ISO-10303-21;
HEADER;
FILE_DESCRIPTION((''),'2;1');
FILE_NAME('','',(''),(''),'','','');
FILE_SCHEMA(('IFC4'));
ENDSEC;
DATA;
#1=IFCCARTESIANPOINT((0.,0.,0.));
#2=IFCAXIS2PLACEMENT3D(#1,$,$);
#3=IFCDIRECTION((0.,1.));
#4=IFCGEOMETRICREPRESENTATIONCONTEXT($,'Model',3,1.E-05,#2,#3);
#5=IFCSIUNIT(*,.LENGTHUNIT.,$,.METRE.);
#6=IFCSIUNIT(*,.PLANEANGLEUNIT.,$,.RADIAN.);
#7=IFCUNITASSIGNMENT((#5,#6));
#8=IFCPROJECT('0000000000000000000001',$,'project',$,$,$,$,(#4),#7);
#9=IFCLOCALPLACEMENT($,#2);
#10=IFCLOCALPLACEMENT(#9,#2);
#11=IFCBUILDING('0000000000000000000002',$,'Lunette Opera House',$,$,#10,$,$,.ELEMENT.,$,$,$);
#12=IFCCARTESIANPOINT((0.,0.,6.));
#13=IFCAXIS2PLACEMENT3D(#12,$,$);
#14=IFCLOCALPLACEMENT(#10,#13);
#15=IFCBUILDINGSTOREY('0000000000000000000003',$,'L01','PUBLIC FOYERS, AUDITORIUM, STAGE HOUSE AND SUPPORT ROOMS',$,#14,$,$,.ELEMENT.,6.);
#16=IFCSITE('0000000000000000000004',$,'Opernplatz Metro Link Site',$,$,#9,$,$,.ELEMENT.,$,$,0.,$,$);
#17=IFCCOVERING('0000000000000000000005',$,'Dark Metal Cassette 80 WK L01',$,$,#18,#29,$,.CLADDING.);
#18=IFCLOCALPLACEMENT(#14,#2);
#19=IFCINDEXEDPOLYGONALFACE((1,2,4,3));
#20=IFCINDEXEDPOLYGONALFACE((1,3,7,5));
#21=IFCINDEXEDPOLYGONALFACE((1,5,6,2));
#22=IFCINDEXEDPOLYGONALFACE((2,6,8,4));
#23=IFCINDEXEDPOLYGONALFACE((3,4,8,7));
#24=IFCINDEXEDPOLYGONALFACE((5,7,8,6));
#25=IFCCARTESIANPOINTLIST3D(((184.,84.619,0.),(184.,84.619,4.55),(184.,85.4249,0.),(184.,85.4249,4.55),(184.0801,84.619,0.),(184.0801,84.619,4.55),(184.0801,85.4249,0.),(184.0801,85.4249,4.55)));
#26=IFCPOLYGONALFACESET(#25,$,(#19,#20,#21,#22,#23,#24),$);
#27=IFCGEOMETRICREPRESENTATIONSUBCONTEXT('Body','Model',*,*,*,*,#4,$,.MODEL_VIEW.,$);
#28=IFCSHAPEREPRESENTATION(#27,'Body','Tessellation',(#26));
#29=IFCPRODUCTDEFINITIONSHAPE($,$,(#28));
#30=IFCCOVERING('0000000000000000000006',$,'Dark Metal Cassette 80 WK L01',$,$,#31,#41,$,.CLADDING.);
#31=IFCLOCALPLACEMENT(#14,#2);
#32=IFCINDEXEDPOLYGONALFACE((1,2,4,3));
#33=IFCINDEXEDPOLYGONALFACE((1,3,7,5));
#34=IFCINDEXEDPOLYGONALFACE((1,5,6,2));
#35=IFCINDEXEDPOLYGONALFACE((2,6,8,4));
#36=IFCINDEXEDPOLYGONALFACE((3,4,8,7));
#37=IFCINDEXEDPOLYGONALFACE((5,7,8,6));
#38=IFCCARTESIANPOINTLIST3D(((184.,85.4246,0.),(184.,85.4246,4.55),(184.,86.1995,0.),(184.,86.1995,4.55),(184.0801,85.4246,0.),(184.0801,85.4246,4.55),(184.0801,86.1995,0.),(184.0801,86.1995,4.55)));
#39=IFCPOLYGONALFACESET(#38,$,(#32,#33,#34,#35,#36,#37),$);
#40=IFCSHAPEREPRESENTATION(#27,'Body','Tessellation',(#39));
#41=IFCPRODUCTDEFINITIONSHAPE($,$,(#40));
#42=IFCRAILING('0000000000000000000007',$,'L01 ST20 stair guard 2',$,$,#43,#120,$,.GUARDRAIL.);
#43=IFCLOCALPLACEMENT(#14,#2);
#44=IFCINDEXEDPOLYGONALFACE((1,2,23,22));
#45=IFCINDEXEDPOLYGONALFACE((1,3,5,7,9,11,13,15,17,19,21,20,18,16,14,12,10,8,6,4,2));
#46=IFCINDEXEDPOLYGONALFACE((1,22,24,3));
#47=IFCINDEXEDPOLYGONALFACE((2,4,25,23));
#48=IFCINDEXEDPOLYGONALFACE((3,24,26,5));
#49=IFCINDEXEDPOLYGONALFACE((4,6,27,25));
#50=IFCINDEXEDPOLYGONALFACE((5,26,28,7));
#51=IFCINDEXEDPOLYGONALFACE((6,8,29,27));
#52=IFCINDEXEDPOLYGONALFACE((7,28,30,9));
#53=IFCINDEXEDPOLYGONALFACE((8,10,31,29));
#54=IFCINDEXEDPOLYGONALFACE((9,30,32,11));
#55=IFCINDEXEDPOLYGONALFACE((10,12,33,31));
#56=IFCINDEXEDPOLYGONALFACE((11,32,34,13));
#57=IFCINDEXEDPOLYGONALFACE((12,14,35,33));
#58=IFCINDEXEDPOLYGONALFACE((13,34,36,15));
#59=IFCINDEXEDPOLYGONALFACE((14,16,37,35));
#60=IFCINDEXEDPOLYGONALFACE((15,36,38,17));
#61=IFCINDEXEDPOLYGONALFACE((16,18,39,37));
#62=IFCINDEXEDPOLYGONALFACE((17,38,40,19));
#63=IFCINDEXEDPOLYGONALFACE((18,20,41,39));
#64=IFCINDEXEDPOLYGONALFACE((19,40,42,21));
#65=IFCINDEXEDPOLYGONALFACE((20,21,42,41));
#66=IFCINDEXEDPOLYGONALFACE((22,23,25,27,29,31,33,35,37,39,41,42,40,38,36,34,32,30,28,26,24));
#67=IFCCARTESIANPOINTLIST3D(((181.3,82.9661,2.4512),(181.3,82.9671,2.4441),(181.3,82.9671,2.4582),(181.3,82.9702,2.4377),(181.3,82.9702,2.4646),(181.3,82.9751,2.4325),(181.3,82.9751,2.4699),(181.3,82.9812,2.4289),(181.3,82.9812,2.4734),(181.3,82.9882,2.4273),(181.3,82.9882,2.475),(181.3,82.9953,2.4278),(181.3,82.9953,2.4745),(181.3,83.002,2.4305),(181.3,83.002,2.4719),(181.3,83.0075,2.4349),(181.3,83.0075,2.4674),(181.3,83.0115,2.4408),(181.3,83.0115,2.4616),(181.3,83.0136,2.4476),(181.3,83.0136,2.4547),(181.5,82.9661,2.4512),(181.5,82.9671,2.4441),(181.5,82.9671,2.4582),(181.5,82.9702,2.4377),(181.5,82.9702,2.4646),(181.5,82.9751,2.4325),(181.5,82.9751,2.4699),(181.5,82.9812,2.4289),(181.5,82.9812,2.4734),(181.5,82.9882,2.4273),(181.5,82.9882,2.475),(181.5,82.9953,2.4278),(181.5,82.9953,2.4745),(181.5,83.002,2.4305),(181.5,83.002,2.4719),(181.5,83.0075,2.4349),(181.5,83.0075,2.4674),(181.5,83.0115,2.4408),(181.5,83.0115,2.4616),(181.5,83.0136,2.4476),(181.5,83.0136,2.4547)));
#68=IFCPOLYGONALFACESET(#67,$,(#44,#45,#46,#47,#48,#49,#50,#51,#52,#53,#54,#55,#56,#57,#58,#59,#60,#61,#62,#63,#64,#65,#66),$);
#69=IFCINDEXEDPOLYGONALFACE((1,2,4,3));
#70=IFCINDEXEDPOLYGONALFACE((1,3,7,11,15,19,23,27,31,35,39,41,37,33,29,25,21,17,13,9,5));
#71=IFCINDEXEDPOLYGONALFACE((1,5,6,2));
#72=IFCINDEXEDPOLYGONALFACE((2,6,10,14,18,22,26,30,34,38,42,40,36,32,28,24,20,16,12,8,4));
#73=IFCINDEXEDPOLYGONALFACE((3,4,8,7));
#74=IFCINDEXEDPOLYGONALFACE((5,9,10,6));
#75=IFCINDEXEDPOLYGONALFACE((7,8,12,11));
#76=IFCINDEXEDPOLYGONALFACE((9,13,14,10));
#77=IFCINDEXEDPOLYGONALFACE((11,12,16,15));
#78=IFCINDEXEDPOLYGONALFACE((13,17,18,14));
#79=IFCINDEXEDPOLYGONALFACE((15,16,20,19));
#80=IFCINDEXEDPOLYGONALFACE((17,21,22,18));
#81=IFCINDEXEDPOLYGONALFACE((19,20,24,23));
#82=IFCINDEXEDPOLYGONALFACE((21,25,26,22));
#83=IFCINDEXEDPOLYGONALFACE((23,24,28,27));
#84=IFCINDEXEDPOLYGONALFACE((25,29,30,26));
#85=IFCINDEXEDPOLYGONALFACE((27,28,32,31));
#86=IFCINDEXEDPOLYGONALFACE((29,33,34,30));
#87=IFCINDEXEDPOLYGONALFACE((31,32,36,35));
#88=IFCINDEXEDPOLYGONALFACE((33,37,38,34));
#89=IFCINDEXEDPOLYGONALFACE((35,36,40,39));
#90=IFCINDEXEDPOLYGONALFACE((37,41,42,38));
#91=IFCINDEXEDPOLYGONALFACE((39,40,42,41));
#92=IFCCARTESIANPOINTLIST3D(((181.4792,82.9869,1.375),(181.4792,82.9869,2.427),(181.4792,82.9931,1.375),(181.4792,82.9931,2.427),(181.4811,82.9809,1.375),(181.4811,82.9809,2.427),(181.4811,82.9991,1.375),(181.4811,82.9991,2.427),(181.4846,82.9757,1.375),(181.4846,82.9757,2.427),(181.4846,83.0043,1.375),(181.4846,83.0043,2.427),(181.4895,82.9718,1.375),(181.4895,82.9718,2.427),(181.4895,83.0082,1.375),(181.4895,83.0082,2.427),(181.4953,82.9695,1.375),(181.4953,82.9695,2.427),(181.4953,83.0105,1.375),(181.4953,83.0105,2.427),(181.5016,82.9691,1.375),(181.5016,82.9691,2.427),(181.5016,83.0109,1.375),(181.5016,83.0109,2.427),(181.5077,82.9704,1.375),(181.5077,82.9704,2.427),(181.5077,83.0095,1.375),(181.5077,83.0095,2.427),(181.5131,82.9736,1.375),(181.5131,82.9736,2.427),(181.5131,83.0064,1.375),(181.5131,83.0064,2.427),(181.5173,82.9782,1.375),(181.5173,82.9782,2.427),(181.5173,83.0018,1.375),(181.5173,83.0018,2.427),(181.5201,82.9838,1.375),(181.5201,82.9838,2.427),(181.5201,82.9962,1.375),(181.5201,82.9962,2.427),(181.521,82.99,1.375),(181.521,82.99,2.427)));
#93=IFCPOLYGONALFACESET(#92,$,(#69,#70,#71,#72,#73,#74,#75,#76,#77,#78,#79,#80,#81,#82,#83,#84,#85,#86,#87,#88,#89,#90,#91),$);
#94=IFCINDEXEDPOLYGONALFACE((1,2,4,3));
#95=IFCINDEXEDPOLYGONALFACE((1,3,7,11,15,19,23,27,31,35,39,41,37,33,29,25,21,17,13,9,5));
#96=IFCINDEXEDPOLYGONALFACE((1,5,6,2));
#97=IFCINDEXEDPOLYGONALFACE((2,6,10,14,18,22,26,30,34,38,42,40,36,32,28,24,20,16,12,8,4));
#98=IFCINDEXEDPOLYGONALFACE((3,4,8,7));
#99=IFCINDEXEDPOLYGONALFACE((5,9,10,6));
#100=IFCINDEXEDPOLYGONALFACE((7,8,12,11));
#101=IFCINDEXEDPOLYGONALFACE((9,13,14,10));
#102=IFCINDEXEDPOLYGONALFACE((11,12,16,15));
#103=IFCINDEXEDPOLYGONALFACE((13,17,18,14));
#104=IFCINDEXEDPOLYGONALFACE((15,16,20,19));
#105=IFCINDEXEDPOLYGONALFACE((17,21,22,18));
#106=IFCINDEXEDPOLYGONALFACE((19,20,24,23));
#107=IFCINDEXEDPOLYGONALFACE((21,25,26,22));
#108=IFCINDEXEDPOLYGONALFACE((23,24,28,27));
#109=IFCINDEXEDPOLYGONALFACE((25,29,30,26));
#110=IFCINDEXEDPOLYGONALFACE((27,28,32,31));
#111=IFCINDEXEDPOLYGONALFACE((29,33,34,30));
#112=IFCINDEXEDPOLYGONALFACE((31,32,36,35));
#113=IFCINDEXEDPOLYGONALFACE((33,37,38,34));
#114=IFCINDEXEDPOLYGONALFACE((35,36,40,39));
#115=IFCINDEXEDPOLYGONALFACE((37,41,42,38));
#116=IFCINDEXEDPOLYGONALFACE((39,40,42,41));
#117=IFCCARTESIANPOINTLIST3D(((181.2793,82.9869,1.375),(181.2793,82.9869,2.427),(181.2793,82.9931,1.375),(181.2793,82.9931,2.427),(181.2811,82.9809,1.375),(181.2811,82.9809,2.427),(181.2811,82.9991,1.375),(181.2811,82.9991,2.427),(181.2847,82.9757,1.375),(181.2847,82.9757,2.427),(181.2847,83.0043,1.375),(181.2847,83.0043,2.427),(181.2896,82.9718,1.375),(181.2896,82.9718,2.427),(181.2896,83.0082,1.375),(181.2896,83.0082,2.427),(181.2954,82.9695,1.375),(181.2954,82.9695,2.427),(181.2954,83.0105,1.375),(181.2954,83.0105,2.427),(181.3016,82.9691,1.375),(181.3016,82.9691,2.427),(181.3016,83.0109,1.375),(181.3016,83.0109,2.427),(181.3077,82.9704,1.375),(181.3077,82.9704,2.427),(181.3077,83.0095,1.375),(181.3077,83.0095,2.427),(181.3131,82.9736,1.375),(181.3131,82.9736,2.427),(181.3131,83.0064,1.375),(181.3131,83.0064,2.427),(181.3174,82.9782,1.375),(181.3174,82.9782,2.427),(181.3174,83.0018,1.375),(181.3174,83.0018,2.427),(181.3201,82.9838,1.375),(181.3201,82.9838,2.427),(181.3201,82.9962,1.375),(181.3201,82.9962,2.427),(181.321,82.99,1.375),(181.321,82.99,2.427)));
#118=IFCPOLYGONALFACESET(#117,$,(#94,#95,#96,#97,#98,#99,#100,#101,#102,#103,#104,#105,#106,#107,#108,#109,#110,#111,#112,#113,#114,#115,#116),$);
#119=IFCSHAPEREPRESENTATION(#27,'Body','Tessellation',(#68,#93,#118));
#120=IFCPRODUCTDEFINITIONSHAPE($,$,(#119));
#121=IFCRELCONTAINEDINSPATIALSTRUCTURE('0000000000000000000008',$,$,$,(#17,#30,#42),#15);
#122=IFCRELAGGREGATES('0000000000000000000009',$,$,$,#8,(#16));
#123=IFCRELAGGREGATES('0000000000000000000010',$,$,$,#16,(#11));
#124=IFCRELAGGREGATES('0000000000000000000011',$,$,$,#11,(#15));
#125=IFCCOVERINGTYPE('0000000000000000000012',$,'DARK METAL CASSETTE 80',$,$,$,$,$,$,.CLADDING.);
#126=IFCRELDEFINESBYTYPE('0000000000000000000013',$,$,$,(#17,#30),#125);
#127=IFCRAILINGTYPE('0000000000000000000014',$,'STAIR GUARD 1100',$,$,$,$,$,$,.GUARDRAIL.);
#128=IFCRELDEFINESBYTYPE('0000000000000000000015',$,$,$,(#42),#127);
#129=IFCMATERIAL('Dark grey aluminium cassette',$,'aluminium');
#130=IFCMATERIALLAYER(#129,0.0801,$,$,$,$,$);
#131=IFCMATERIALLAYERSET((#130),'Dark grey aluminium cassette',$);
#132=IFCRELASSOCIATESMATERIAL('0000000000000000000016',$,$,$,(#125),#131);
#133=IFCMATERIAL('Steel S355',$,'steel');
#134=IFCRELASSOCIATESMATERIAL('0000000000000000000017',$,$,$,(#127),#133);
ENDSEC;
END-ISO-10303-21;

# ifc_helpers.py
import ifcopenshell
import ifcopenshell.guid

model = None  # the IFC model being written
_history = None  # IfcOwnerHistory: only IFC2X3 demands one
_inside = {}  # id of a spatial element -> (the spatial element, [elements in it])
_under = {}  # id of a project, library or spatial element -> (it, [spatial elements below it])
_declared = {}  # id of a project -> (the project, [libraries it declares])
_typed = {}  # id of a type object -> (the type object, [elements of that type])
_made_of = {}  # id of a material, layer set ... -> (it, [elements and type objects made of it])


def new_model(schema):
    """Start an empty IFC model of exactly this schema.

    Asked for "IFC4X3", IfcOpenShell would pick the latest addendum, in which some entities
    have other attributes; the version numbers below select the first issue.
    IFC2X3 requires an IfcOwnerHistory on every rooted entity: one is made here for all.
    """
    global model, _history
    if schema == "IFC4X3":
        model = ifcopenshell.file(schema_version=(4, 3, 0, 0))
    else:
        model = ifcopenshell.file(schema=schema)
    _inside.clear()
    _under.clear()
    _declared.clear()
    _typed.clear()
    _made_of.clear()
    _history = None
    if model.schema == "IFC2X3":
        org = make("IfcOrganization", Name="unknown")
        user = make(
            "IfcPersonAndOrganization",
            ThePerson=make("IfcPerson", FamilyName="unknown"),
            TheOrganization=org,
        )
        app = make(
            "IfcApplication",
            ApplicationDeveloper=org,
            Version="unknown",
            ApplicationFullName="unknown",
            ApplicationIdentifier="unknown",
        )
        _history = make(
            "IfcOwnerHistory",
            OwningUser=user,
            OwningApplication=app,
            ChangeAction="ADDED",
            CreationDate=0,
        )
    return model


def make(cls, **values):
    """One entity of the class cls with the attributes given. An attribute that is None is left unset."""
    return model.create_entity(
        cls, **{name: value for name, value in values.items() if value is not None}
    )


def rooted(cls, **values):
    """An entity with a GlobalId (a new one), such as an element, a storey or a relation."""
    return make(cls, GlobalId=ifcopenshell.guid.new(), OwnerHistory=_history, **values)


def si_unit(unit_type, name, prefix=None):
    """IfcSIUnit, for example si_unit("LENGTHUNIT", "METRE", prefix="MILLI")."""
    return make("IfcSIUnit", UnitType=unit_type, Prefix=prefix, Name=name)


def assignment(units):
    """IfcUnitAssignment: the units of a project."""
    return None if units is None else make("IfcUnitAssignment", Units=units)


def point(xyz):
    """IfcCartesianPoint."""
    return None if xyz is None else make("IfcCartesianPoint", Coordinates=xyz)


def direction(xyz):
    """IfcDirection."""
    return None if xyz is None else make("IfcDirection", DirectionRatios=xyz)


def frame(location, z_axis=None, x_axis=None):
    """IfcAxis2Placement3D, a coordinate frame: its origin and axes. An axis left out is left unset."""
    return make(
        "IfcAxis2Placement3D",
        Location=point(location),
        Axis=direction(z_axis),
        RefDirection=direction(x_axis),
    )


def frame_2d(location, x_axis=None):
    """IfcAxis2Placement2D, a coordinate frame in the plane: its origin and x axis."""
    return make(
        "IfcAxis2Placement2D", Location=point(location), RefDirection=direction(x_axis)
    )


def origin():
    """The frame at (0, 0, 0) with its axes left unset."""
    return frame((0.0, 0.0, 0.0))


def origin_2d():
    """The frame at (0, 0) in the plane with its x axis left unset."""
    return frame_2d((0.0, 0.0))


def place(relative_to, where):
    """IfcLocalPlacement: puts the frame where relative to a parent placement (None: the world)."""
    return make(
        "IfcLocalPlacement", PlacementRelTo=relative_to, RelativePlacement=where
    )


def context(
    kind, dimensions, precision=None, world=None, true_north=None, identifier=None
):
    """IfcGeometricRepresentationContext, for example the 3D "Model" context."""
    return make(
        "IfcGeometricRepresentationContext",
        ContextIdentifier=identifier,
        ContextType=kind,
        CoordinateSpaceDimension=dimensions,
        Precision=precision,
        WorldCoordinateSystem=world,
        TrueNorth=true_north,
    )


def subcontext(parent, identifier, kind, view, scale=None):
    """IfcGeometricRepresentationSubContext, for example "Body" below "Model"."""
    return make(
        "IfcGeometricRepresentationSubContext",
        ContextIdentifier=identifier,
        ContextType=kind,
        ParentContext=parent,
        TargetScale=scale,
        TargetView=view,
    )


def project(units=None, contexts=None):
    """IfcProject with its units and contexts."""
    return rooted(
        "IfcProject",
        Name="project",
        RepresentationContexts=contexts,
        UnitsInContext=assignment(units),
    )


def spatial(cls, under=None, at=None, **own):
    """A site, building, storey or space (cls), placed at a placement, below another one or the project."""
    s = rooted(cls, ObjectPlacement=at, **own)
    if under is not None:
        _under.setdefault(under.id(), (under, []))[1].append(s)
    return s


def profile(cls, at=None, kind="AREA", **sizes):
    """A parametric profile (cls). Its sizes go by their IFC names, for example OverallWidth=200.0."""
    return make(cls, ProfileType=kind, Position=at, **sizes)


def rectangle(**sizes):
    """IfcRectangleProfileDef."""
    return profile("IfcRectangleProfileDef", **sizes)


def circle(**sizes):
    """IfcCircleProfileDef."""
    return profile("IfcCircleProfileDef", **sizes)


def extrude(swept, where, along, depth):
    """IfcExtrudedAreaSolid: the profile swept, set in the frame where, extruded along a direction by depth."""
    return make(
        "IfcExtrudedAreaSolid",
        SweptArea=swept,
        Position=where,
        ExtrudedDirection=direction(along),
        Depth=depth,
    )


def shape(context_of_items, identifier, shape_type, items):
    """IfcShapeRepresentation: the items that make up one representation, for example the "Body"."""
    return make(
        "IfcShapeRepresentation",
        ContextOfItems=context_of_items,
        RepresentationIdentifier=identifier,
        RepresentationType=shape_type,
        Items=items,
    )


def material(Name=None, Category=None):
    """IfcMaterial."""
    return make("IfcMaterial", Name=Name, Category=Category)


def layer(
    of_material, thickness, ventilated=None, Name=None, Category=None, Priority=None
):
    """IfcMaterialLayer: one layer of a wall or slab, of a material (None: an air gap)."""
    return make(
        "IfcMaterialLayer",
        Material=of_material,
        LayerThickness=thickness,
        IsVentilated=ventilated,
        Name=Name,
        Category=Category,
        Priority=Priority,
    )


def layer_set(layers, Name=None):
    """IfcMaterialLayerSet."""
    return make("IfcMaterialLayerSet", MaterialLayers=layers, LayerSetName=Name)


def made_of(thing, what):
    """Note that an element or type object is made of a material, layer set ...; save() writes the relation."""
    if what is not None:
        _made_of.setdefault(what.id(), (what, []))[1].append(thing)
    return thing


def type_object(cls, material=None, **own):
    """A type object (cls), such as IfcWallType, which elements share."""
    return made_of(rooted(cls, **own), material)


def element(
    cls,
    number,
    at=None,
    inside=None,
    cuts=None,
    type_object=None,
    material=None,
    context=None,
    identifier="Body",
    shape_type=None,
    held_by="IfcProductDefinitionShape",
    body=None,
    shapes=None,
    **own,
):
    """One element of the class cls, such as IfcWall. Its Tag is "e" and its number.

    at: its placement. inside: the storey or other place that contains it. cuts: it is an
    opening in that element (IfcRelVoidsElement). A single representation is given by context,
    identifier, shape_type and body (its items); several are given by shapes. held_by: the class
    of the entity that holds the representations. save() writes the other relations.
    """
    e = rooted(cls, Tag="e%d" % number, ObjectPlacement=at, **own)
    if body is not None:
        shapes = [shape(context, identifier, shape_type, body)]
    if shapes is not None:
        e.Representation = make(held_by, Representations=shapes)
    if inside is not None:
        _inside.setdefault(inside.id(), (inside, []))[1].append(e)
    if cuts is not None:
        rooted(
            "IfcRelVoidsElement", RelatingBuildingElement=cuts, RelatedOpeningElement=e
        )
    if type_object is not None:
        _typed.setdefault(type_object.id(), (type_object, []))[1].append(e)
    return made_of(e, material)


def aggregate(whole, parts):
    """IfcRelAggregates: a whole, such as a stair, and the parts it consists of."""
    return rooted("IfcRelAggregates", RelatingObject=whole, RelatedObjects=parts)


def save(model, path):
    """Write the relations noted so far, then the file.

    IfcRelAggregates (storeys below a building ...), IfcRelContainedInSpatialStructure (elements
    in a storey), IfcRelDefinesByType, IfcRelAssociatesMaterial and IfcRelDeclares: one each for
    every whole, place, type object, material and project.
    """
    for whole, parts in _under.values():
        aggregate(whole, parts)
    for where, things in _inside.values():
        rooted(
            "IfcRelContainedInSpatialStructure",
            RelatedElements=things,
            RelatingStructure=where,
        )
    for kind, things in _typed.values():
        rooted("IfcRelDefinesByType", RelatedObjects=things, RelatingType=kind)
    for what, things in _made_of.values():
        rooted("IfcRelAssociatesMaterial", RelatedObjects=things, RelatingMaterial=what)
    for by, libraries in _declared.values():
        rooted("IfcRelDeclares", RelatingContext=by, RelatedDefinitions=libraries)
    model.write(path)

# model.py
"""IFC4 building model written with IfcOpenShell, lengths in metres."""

from ifc_helpers import new_model, si_unit, direction, frame, origin, origin_2d, place, context, subcontext, project, spatial, rectangle, circle, extrude, material, layer, layer_set, type_object, element, save


model = new_model("IFC4")

# Units and contexts
model_context = context("Model", 3, precision=1e-05, world=origin(), true_north=direction((0.0, 1.0)))
body_context = subcontext(model_context, "Body", "Model", "MODEL_VIEW")
ifc_project = project(units=[si_unit("LENGTHUNIT", "METRE"), si_unit("PLANEANGLEUNIT", "RADIAN")], contexts=[model_context])

# Site, building, storey
site_placement = place(None, origin())
site = spatial("IfcSite", under=ifc_project, at=site_placement, Name="Opernplatz Metro Link Site", CompositionType="ELEMENT", RefElevation=0.0)
building_placement = place(site_placement, origin())
building = spatial("IfcBuilding", under=site, at=building_placement, Name="Lunette Opera House", CompositionType="ELEMENT")
storey_placement = place(building_placement, frame((0.0, 0.0, 6.0)))
storey = spatial("IfcBuildingStorey", under=building, at=storey_placement, Name="L01", Description="PUBLIC FOYERS, AUDITORIUM, STAGE HOUSE AND SUPPORT ROOMS", CompositionType="ELEMENT", Elevation=6.0)

# Coverings
ifc_material_1 = material(Name="Dark grey aluminium cassette", Category="aluminium")
ifc_layer_1 = layer(ifc_material_1, 0.0801)
ifc_layer_set_1 = layer_set([ifc_layer_1], Name="Dark grey aluminium cassette")
covering_type = type_object("IfcCoveringType", Name="DARK METAL CASSETTE 80", PredefinedType="CLADDING", material=ifc_layer_set_1)
for number, where, z_axis, x_axis, name in (
    (1, (184.04, 85.022, 0.0), (0.0, 0.0, 1.0), (0.0, 1.0, 0.0), "Dark Metal Cassette 80 WK L01"),
):
    element("IfcCovering", number, at=place(storey_placement, frame(where, z_axis=z_axis, x_axis=x_axis)), inside=storey, type_object=covering_type, Name=name, PredefinedType="CLADDING", context=body_context, shape_type="SweptSolid", body=[
        extrude(rectangle(XDim=0.8059, YDim=0.0801, at=origin_2d()), origin(), (0.0, 0.0, 1.0), 4.55),
    ])
covering_1_placement = place(storey_placement, frame((184.04, 85.812, 0.0), z_axis=(0.0, 0.0, 1.0), x_axis=(0.0, 1.0, 0.0)))
element("IfcCovering", 2, at=covering_1_placement, inside=storey, type_object=covering_type, Name="Dark Metal Cassette 80 WK L01", PredefinedType="CLADDING", context=body_context, shape_type="SweptSolid", body=[
    extrude(rectangle(XDim=0.7749, YDim=0.0801, at=origin_2d()), origin(), (0.0, 0.0, 1.0), 4.55),
])

# Railing
ifc_material_2 = material(Name="Steel S355", Category="steel")
railing_type_1 = type_object("IfcRailingType", Name="STAIR GUARD 1100", PredefinedType="GUARDRAIL", material=ifc_material_2)
railing_1_placement = place(storey_placement, frame((181.5, 82.99, 1.375)))
element("IfcRailing", 3, at=railing_1_placement, inside=storey, type_object=railing_type_1, Name="L01 ST20 stair guard 2", PredefinedType="GUARDRAIL", context=body_context, shape_type="SweptSolid", body=[
    extrude(circle(Radius=0.0239, at=origin_2d()), frame((0.0, 0.0, 1.0762), z_axis=(-1.0, 0.0, 0.0), x_axis=(0.0, -1.0, 0.0)), (0.0, 0.0, 1.0), 0.2),
    extrude(circle(Radius=0.021, at=origin_2d()), origin(), (0.0, 0.0, 1.0), 1.052),
    extrude(circle(Radius=0.021, at=origin_2d()), frame((-0.2, 0.0, 0.0)), (0.0, 0.0, 1.0), 1.052),
])

save(model, "model.ifc")
